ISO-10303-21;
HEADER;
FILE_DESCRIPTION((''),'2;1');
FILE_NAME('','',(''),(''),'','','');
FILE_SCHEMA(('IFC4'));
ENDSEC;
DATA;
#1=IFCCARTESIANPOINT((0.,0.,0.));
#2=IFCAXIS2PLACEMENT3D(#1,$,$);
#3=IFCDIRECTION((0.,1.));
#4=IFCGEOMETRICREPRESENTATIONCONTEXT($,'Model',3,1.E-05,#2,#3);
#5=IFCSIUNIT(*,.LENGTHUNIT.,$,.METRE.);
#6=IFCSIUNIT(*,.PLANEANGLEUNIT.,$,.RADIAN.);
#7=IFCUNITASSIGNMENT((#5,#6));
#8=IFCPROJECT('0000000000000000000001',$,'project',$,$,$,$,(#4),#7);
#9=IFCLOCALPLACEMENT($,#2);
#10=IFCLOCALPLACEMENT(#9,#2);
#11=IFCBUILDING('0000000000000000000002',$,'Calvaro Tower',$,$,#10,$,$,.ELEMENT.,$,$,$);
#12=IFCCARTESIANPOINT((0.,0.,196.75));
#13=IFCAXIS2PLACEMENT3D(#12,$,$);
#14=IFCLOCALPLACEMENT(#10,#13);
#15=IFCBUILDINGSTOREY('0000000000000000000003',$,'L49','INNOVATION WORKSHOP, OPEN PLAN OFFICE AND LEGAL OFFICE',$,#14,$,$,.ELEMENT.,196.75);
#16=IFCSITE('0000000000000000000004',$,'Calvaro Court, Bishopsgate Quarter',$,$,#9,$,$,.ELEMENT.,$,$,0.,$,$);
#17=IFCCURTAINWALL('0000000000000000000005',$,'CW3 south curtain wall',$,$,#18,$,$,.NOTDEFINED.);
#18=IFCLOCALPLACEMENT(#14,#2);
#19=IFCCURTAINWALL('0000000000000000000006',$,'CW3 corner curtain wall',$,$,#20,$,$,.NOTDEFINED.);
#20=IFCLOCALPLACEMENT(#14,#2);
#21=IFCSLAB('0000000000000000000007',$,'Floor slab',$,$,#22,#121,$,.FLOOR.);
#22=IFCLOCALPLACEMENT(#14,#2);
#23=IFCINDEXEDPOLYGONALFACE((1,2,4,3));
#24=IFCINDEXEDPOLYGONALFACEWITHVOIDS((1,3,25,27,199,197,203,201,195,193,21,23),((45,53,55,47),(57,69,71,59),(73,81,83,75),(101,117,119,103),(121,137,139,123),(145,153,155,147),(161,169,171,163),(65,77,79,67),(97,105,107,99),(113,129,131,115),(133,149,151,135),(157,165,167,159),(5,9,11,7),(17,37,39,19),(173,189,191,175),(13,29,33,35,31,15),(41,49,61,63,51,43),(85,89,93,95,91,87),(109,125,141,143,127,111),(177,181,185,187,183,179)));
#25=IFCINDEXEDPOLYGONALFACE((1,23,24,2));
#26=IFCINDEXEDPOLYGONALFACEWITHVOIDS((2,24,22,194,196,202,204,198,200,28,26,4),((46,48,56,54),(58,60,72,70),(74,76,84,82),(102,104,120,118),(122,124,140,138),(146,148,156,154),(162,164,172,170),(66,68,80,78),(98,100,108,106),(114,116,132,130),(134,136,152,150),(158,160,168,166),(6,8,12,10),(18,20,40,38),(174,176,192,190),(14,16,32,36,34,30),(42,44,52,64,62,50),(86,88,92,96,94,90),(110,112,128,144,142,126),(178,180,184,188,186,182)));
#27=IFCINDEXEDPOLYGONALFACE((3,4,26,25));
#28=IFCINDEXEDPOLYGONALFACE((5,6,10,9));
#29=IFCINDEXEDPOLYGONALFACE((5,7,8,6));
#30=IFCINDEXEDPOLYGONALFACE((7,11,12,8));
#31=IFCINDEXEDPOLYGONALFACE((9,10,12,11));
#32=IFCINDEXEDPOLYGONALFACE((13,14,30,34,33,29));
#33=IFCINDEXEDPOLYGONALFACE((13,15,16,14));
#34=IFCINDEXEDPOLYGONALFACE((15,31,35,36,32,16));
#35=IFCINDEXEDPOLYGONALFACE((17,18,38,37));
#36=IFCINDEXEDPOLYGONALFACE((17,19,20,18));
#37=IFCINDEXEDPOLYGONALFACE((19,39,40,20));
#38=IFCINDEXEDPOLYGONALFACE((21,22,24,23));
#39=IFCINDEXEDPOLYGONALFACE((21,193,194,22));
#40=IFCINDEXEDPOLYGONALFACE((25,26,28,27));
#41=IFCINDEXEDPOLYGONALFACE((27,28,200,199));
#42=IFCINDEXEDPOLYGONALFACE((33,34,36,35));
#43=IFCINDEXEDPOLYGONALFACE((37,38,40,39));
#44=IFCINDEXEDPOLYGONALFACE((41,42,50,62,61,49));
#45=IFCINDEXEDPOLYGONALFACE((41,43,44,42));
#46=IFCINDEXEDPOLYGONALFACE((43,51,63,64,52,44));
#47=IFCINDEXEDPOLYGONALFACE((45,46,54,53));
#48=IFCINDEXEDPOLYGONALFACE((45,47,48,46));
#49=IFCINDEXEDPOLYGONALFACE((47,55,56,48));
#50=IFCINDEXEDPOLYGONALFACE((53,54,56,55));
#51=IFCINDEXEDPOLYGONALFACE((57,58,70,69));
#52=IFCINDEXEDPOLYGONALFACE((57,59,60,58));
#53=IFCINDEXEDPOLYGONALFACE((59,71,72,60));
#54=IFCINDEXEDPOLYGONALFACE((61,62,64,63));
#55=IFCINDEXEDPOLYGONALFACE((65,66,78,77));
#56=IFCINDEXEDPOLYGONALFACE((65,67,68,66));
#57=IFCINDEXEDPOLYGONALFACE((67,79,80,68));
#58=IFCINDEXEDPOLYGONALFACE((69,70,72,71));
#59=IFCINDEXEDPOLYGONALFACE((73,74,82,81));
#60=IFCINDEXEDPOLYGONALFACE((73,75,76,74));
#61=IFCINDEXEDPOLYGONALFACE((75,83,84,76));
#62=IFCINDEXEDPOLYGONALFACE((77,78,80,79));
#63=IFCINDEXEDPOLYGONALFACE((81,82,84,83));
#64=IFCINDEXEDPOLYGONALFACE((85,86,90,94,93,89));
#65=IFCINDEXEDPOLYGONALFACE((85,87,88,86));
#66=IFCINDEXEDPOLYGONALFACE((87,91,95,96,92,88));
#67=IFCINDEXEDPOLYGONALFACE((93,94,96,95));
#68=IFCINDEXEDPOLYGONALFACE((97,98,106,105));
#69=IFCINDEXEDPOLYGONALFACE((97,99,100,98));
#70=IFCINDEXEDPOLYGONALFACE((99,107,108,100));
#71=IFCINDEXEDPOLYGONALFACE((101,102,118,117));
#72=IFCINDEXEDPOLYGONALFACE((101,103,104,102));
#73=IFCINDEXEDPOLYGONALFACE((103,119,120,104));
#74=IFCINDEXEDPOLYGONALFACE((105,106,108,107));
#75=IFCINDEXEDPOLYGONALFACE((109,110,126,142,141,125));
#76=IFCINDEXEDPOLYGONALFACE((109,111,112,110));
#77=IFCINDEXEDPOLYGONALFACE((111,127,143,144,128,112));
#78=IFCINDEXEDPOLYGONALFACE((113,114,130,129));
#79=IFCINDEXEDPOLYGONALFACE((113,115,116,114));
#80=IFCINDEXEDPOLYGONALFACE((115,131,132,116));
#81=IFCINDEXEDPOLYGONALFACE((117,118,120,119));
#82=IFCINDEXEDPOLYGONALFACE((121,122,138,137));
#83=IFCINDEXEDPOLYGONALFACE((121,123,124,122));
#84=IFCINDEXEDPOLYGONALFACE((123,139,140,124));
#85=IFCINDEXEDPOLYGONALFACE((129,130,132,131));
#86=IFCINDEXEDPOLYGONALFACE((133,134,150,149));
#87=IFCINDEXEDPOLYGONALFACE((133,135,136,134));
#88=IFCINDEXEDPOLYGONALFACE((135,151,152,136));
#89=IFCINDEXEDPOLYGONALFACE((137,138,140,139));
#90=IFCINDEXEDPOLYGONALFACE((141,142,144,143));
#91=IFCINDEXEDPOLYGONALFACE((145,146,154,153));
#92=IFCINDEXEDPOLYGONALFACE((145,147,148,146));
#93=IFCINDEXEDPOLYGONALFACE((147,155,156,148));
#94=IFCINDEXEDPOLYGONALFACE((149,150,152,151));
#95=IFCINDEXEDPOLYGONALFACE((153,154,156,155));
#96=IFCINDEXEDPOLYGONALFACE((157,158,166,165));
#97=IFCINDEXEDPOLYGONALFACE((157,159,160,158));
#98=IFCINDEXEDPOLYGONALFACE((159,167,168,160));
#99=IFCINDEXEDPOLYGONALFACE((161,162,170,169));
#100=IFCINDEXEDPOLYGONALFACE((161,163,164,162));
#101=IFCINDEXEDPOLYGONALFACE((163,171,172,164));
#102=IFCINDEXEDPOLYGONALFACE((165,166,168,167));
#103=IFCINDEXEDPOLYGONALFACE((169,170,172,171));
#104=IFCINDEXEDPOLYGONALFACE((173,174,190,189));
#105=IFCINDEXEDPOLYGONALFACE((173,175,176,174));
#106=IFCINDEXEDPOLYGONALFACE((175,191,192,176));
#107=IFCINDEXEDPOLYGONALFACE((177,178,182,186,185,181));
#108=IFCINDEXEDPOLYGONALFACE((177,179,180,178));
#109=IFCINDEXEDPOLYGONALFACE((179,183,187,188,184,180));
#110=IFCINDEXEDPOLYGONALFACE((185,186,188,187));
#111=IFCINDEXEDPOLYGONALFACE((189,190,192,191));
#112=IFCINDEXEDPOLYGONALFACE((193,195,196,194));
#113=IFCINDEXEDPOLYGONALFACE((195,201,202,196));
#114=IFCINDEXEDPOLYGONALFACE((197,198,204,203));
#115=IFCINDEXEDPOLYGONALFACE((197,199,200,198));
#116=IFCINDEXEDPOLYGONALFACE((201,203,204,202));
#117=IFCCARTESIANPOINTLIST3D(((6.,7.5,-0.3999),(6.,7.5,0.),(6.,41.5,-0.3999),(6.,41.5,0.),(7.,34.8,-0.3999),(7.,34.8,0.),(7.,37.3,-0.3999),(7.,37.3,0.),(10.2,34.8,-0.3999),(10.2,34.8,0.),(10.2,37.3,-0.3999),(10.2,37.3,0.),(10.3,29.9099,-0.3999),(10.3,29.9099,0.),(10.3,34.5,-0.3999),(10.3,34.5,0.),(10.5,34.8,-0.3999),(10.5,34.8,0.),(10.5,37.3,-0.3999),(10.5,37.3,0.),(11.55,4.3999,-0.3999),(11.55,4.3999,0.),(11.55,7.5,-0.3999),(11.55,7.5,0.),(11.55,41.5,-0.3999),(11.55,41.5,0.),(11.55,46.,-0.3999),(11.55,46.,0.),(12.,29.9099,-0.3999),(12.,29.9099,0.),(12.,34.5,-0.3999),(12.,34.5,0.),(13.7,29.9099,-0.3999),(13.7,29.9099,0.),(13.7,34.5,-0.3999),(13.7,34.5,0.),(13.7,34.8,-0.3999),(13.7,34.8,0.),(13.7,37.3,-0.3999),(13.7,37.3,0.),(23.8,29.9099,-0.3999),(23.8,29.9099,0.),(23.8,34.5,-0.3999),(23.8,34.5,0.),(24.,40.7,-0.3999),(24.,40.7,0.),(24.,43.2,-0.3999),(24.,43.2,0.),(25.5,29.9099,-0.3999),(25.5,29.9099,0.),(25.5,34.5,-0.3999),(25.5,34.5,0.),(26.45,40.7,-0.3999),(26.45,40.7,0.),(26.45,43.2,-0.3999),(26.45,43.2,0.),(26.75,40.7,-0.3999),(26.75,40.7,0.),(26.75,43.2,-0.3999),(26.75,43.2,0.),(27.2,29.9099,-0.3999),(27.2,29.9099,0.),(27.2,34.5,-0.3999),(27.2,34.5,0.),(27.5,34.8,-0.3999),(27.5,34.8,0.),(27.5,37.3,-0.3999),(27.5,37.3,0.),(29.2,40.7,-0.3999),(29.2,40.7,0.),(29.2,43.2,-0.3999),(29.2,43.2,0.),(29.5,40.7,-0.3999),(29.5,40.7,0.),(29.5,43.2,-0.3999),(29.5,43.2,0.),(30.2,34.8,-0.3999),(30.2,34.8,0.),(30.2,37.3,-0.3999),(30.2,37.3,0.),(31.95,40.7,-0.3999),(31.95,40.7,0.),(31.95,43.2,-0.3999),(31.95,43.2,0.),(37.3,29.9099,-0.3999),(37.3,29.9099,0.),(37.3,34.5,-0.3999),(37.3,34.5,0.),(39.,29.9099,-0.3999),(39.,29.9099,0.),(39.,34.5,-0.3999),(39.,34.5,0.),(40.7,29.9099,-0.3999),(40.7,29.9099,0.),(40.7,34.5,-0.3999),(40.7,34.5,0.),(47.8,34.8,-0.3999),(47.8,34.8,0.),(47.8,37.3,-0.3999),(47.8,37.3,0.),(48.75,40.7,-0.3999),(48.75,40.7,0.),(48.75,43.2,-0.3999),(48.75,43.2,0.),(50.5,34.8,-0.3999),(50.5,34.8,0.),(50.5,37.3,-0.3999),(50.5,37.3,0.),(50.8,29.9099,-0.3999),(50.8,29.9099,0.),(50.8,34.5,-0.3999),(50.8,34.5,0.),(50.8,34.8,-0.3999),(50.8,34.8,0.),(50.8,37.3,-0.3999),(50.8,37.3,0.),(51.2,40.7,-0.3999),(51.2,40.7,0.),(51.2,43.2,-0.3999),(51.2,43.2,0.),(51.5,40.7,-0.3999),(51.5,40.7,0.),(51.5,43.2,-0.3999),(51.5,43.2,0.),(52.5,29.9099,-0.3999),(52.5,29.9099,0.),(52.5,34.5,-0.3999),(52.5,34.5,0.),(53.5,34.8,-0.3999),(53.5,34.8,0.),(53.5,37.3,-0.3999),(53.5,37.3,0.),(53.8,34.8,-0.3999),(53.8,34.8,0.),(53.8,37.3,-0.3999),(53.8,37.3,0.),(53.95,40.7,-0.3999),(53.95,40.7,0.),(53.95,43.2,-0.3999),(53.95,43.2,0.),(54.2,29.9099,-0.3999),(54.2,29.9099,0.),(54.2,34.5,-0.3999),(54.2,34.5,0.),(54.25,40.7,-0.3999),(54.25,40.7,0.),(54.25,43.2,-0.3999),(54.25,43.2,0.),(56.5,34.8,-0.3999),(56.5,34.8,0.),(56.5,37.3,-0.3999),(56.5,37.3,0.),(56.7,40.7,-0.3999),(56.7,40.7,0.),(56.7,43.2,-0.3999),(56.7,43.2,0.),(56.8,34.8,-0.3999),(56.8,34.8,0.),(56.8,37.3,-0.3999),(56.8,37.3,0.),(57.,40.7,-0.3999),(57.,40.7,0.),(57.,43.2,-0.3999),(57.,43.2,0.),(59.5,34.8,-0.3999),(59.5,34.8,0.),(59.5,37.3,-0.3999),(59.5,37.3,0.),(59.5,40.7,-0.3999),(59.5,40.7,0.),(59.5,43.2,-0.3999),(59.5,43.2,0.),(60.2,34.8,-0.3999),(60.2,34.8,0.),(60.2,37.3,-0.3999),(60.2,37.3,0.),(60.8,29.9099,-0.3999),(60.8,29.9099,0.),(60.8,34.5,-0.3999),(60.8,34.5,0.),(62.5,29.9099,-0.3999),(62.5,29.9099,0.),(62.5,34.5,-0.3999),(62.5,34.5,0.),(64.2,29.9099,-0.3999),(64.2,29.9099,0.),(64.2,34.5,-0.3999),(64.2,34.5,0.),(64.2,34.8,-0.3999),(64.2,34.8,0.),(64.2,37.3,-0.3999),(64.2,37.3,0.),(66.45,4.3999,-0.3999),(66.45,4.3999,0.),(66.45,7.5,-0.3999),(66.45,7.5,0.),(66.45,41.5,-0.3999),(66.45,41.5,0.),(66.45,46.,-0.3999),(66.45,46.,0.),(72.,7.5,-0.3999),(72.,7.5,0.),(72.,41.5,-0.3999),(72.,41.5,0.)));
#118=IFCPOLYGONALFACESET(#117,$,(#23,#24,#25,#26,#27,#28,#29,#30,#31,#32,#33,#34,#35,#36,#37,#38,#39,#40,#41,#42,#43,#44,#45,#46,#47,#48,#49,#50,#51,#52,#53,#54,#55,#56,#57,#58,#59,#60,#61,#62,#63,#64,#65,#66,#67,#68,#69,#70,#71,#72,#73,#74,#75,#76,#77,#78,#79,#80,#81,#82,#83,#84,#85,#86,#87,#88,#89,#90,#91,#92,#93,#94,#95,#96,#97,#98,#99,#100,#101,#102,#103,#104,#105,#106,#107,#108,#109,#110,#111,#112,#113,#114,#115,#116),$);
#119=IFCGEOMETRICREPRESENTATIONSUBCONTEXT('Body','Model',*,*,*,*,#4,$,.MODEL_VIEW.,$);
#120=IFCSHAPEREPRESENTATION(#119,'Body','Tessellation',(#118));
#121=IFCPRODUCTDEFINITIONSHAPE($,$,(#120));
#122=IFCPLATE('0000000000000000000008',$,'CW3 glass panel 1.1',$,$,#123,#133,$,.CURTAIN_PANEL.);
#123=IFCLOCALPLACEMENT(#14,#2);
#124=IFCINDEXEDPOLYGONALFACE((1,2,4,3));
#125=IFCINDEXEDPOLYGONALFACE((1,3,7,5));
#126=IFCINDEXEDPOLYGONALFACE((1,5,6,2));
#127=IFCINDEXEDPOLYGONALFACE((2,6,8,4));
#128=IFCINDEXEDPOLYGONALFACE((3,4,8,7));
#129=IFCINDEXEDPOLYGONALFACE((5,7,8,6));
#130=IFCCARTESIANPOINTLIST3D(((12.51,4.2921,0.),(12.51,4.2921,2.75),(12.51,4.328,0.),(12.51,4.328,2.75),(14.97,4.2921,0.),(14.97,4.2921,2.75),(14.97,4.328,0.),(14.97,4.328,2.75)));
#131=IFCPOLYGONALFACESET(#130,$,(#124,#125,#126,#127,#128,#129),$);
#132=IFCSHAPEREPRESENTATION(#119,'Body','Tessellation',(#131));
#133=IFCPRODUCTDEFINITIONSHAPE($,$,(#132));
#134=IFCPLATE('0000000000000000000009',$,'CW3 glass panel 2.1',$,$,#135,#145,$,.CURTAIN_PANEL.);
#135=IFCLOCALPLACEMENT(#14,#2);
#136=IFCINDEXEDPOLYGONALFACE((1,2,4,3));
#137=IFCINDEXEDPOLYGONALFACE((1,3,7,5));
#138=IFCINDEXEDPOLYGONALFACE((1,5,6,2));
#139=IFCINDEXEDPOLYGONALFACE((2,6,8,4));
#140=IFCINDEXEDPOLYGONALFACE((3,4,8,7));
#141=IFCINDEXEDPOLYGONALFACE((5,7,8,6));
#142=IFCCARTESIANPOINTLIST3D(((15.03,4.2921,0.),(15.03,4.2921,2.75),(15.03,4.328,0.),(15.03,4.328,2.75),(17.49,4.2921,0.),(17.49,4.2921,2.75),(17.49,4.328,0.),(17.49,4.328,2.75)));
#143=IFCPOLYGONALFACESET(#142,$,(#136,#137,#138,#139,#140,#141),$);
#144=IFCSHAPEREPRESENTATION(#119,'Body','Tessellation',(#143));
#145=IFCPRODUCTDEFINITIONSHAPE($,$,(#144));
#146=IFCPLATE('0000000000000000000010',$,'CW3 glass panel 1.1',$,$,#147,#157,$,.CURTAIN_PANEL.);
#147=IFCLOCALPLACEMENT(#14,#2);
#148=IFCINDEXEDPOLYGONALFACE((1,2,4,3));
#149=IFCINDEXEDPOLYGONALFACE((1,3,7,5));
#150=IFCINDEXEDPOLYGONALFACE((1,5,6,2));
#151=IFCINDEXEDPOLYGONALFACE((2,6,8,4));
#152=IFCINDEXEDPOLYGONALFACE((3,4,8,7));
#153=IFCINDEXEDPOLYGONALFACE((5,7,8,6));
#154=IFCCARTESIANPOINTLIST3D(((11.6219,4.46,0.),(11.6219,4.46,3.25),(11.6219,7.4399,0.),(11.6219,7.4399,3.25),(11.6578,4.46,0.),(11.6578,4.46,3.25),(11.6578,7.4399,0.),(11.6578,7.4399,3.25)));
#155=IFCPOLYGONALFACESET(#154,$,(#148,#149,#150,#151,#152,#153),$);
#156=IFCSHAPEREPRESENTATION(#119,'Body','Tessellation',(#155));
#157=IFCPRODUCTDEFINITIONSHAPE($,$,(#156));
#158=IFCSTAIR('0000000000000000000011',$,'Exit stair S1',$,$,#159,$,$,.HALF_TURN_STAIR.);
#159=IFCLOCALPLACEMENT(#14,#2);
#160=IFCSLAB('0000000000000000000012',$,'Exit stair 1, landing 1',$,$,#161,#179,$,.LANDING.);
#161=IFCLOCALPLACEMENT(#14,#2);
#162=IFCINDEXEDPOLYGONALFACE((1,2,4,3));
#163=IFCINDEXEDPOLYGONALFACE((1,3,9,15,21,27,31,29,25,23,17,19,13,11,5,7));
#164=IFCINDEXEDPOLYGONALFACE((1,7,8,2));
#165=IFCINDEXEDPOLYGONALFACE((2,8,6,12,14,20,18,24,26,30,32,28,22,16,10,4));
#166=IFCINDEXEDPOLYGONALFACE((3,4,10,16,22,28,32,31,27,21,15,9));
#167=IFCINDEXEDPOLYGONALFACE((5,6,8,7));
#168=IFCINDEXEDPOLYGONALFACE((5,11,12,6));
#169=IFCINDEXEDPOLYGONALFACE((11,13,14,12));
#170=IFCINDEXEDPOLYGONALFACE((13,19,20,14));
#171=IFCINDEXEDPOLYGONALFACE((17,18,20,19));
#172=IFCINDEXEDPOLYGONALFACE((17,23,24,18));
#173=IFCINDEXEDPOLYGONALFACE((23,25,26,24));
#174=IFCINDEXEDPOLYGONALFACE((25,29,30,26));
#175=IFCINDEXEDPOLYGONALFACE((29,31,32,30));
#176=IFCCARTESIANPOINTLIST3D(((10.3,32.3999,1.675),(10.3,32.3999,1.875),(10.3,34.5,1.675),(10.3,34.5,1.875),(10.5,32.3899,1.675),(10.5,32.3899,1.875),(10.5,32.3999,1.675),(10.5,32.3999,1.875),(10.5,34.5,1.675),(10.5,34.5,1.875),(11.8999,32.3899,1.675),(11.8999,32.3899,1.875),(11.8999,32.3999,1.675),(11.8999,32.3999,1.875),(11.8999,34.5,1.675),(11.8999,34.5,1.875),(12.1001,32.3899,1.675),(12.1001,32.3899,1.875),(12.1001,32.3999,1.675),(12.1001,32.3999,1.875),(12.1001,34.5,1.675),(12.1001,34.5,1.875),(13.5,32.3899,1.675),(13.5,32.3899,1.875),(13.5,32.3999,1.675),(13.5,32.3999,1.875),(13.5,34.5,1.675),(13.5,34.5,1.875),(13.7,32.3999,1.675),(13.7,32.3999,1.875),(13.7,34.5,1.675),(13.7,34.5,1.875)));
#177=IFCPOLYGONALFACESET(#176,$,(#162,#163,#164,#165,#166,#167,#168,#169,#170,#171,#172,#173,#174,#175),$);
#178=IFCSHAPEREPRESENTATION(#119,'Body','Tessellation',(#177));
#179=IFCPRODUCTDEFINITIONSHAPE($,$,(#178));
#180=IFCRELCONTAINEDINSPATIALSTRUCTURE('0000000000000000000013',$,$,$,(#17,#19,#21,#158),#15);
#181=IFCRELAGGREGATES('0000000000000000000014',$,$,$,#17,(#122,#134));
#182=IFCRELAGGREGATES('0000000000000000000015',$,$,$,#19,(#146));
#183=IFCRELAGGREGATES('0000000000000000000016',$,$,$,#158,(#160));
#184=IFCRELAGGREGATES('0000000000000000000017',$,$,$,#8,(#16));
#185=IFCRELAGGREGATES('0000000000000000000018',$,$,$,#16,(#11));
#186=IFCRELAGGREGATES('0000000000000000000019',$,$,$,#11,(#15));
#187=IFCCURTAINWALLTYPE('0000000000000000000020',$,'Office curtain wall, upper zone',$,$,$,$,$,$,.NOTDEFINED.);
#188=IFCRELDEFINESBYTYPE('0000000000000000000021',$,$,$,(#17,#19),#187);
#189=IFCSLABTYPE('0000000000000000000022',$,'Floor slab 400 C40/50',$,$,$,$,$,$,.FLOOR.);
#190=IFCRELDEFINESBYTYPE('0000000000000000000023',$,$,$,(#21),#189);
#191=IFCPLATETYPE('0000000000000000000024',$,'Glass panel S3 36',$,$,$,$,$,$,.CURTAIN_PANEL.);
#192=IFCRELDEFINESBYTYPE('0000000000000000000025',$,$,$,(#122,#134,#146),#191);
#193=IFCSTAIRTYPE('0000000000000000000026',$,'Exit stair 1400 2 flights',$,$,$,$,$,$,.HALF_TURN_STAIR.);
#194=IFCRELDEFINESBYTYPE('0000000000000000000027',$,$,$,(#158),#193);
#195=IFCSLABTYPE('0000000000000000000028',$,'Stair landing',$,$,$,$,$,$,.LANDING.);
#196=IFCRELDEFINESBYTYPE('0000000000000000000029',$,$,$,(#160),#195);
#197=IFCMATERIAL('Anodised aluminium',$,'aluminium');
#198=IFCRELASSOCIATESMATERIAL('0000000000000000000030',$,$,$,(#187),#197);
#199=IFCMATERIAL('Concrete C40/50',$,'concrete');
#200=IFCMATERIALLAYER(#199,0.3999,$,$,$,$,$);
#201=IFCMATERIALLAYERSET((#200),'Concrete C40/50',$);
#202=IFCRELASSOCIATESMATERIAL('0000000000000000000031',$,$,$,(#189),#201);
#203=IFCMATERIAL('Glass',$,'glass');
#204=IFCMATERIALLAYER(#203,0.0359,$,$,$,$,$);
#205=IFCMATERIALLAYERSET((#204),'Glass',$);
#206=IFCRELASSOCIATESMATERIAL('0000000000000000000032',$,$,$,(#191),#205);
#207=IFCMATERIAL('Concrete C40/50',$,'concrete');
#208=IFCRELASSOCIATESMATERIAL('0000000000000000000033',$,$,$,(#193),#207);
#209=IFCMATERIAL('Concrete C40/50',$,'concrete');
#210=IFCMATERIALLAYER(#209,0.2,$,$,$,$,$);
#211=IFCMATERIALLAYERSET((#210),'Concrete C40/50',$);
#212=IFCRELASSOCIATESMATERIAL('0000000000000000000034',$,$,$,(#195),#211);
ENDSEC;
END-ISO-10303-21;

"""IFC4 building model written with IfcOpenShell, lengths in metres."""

from ifc_helpers import new_model, si_unit, direction, frame, origin, origin_2d, place, context, subcontext, project, spatial, polyline, rectangle, outline, extrude, material, layer, layer_set, type_object, element, aggregate, save


model = new_model("IFC4")

# Units and contexts
model_context = context("Model", 3, precision=1e-05, world=origin(), true_north=direction((0.0, 1.0)))
body_context = subcontext(model_context, "Body", "Model", "MODEL_VIEW")
ifc_project = project(units=[si_unit("LENGTHUNIT", "METRE"), si_unit("PLANEANGLEUNIT", "RADIAN")], contexts=[model_context])

# Site, building, storey
site_placement = place(None, origin())
site = spatial("IfcSite", under=ifc_project, at=site_placement, Name="Calvaro Court, Bishopsgate Quarter", CompositionType="ELEMENT", RefElevation=0.0)
building_placement = place(site_placement, origin())
building = spatial("IfcBuilding", under=site, at=building_placement, Name="Calvaro Tower", CompositionType="ELEMENT")
storey_placement = place(building_placement, frame((0.0, 0.0, 196.75)))
storey = spatial("IfcBuildingStorey", under=building, at=storey_placement, Name="L49", Description="INNOVATION WORKSHOP, OPEN PLAN OFFICE AND LEGAL OFFICE", CompositionType="ELEMENT", Elevation=196.75)

# Curtain wall
ifc_material_1 = material(Name="Anodised aluminium", Category="aluminium")
curtain_wall_type = type_object("IfcCurtainWallType", Name="Office curtain wall, upper zone", PredefinedType="NOTDEFINED", material=ifc_material_1)
curtain_wall_1_placement = place(storey_placement, origin())
curtain_wall_1 = element("IfcCurtainWall", 1, at=curtain_wall_1_placement, inside=storey, type_object=curtain_wall_type, Name="CW3 south curtain wall", PredefinedType="NOTDEFINED")

# Curtain wall
curtain_wall_2_placement = place(storey_placement, origin())
curtain_wall_2 = element("IfcCurtainWall", 2, at=curtain_wall_2_placement, inside=storey, type_object=curtain_wall_type, Name="CW3 corner curtain wall", PredefinedType="NOTDEFINED")

# Slab
ifc_material_2 = material(Name="Concrete C40/50", Category="concrete")
ifc_layer_1 = layer(ifc_material_2, 0.3999)
ifc_layer_set_1 = layer_set([ifc_layer_1], Name="Concrete C40/50")
slab_type_1 = type_object("IfcSlabType", Name="Floor slab 400 C40/50", PredefinedType="FLOOR", material=ifc_layer_set_1)
slab_1_placement = place(storey_placement, frame((0.0, 0.0, -0.3999)))
element("IfcSlab", 3, at=slab_1_placement, inside=storey, type_object=slab_type_1, Name="Floor slab", PredefinedType="FLOOR", context=body_context, shape_type="SweptSolid", body=[
    extrude(outline(polyline([(66.45, 7.5), (66.45, 4.3999), (11.55, 4.3999), (11.55, 7.5), (6.0, 7.5), (6.0, 41.5), (11.55, 41.5), (11.55, 46.0), (66.45, 46.0), (66.45, 41.5), (72.0, 41.5), (72.0, 7.5), (66.45, 7.5)]), holes=[polyline([(10.3, 29.9099), (10.3, 34.5), (12.0, 34.5), (13.7, 34.5), (13.7, 29.9099), (12.0, 29.9099), (10.3, 29.9099)]), polyline([(23.8, 29.9099), (23.8, 34.5), (25.5, 34.5), (27.2, 34.5), (27.2, 29.9099), (25.5, 29.9099), (23.8, 29.9099)]), polyline([(37.3, 29.9099), (37.3, 34.5), (39.0, 34.5), (40.7, 34.5), (40.7, 29.9099), (39.0, 29.9099), (37.3, 29.9099)]), polyline([(50.8, 29.9099), (50.8, 34.5), (52.5, 34.5), (54.2, 34.5), (54.2, 29.9099), (52.5, 29.9099), (50.8, 29.9099)]), polyline([(60.8, 29.9099), (60.8, 34.5), (62.5, 34.5), (64.2, 34.5), (64.2, 29.9099), (62.5, 29.9099), (60.8, 29.9099)]), polyline([(50.8, 34.8), (53.5, 34.8), (53.5, 37.3), (50.8, 37.3), (50.8, 34.8)]), polyline([(53.8, 34.8), (56.5, 34.8), (56.5, 37.3), (53.8, 37.3), (53.8, 34.8)]), polyline([(56.8, 34.8), (59.5, 34.8), (59.5, 37.3), (56.8, 37.3), (56.8, 34.8)]), polyline([(24.0, 40.7), (26.45, 40.7), (26.45, 43.2), (24.0, 43.2), (24.0, 40.7)]), polyline([(26.75, 40.7), (29.2, 40.7), (29.2, 43.2), (26.75, 43.2), (26.75, 40.7)]), polyline([(29.5, 40.7), (31.95, 40.7), (31.95, 43.2), (29.5, 43.2), (29.5, 40.7)]), polyline([(48.75, 40.7), (51.2, 40.7), (51.2, 43.2), (48.75, 43.2), (48.75, 40.7)]), polyline([(51.5, 40.7), (53.95, 40.7), (53.95, 43.2), (51.5, 43.2), (51.5, 40.7)]), polyline([(54.25, 40.7), (56.7, 40.7), (56.7, 43.2), (54.25, 43.2), (54.25, 40.7)]), polyline([(57.0, 40.7), (59.5, 40.7), (59.5, 43.2), (57.0, 43.2), (57.0, 40.7)]), polyline([(7.0, 34.8), (10.2, 34.8), (10.2, 37.3), (7.0, 37.3), (7.0, 34.8)]), polyline([(10.5, 34.8), (13.7, 34.8), (13.7, 37.3), (10.5, 37.3), (10.5, 34.8)]), polyline([(60.2, 34.8), (64.2, 34.8), (64.2, 37.3), (60.2, 37.3), (60.2, 34.8)]), polyline([(27.5, 34.8), (30.2, 34.8), (30.2, 37.3), (27.5, 37.3), (27.5, 34.8)]), polyline([(47.8, 34.8), (50.5, 34.8), (50.5, 37.3), (47.8, 37.3), (47.8, 34.8)])]), origin(), (0.0, 0.0, 1.0), 0.3999),
])

# Plates
ifc_material_3 = material(Name="Glass", Category="glass")
ifc_layer_2 = layer(ifc_material_3, 0.0359)
ifc_layer_set_2 = layer_set([ifc_layer_2], Name="Glass")
plate_type = type_object("IfcPlateType", Name="Glass panel S3 36", PredefinedType="CURTAIN_PANEL", material=ifc_layer_set_2)
plate_1_placement = place(storey_placement, frame((13.74, 4.3101, 0.0), z_axis=(0.0, 0.0, 1.0), x_axis=(1.0, 0.0, 0.0)))
plate_1 = element("IfcPlate", 4, at=plate_1_placement, type_object=plate_type, Name="CW3 glass panel 1.1", PredefinedType="CURTAIN_PANEL", context=body_context, shape_type="SweptSolid", body=[
    extrude(rectangle(XDim=2.46, YDim=0.0359, at=origin_2d()), origin(), (0.0, 0.0, 1.0), 2.75),
])
plate_2_placement = place(storey_placement, frame((16.26, 4.3101, 0.0), z_axis=(0.0, 0.0, 1.0), x_axis=(1.0, 0.0, 0.0)))
plate_2 = element("IfcPlate", 5, at=plate_2_placement, type_object=plate_type, Name="CW3 glass panel 2.1", PredefinedType="CURTAIN_PANEL", context=body_context, shape_type="SweptSolid", body=[
    extrude(rectangle(XDim=2.46, YDim=0.0359, at=origin_2d()), origin(), (0.0, 0.0, 1.0), 2.75),
])
aggregate(curtain_wall_1, [plate_1, plate_2])
plate_3_placement = place(storey_placement, frame((11.6399, 5.95, 0.0), z_axis=(0.0, 0.0, 1.0), x_axis=(0.0, 1.0, 0.0)))
plate_3 = element("IfcPlate", 6, at=plate_3_placement, type_object=plate_type, Name="CW3 glass panel 1.1", PredefinedType="CURTAIN_PANEL", context=body_context, shape_type="SweptSolid", body=[
    extrude(rectangle(XDim=2.98, YDim=0.0359, at=origin_2d()), origin(), (0.0, 0.0, 1.0), 3.25),
])
aggregate(curtain_wall_2, [plate_3])

# Stair, slab
ifc_material_4 = material(Name="Concrete C40/50", Category="concrete")
stair_type = type_object("IfcStairType", Name="Exit stair 1400 2 flights", PredefinedType="HALF_TURN_STAIR", material=ifc_material_4)
stair_1_placement = place(storey_placement, origin())
stair_1 = element("IfcStair", 7, at=stair_1_placement, inside=storey, type_object=stair_type, Name="Exit stair S1", PredefinedType="HALF_TURN_STAIR")
ifc_material_5 = material(Name="Concrete C40/50", Category="concrete")
ifc_layer_3 = layer(ifc_material_5, 0.2)
ifc_layer_set_3 = layer_set([ifc_layer_3], Name="Concrete C40/50")
slab_type_2 = type_object("IfcSlabType", Name="Stair landing", PredefinedType="LANDING", material=ifc_layer_set_3)
slab_2_placement = place(storey_placement, frame((0.0, 0.0, 1.675)))
slab_2 = element("IfcSlab", 8, at=slab_2_placement, type_object=slab_type_2, Name="Exit stair 1, landing 1", PredefinedType="LANDING", context=body_context, shape_type="SweptSolid", body=[
    extrude(outline(polyline([(11.8999, 32.3899), (10.5, 32.3899), (10.5, 32.3999), (10.3, 32.3999), (10.3, 34.5), (10.5, 34.5), (11.8999, 34.5), (12.1001, 34.5), (13.5, 34.5), (13.7, 34.5), (13.7, 32.3999), (13.5, 32.3999), (13.5, 32.3899), (12.1001, 32.3899), (12.1001, 32.3999), (11.8999, 32.3999), (11.8999, 32.3899)])), origin(), (0.0, 0.0, 1.0), 0.2),
])
aggregate(stair_1, [slab_2])

save(model, "model.ifc")
